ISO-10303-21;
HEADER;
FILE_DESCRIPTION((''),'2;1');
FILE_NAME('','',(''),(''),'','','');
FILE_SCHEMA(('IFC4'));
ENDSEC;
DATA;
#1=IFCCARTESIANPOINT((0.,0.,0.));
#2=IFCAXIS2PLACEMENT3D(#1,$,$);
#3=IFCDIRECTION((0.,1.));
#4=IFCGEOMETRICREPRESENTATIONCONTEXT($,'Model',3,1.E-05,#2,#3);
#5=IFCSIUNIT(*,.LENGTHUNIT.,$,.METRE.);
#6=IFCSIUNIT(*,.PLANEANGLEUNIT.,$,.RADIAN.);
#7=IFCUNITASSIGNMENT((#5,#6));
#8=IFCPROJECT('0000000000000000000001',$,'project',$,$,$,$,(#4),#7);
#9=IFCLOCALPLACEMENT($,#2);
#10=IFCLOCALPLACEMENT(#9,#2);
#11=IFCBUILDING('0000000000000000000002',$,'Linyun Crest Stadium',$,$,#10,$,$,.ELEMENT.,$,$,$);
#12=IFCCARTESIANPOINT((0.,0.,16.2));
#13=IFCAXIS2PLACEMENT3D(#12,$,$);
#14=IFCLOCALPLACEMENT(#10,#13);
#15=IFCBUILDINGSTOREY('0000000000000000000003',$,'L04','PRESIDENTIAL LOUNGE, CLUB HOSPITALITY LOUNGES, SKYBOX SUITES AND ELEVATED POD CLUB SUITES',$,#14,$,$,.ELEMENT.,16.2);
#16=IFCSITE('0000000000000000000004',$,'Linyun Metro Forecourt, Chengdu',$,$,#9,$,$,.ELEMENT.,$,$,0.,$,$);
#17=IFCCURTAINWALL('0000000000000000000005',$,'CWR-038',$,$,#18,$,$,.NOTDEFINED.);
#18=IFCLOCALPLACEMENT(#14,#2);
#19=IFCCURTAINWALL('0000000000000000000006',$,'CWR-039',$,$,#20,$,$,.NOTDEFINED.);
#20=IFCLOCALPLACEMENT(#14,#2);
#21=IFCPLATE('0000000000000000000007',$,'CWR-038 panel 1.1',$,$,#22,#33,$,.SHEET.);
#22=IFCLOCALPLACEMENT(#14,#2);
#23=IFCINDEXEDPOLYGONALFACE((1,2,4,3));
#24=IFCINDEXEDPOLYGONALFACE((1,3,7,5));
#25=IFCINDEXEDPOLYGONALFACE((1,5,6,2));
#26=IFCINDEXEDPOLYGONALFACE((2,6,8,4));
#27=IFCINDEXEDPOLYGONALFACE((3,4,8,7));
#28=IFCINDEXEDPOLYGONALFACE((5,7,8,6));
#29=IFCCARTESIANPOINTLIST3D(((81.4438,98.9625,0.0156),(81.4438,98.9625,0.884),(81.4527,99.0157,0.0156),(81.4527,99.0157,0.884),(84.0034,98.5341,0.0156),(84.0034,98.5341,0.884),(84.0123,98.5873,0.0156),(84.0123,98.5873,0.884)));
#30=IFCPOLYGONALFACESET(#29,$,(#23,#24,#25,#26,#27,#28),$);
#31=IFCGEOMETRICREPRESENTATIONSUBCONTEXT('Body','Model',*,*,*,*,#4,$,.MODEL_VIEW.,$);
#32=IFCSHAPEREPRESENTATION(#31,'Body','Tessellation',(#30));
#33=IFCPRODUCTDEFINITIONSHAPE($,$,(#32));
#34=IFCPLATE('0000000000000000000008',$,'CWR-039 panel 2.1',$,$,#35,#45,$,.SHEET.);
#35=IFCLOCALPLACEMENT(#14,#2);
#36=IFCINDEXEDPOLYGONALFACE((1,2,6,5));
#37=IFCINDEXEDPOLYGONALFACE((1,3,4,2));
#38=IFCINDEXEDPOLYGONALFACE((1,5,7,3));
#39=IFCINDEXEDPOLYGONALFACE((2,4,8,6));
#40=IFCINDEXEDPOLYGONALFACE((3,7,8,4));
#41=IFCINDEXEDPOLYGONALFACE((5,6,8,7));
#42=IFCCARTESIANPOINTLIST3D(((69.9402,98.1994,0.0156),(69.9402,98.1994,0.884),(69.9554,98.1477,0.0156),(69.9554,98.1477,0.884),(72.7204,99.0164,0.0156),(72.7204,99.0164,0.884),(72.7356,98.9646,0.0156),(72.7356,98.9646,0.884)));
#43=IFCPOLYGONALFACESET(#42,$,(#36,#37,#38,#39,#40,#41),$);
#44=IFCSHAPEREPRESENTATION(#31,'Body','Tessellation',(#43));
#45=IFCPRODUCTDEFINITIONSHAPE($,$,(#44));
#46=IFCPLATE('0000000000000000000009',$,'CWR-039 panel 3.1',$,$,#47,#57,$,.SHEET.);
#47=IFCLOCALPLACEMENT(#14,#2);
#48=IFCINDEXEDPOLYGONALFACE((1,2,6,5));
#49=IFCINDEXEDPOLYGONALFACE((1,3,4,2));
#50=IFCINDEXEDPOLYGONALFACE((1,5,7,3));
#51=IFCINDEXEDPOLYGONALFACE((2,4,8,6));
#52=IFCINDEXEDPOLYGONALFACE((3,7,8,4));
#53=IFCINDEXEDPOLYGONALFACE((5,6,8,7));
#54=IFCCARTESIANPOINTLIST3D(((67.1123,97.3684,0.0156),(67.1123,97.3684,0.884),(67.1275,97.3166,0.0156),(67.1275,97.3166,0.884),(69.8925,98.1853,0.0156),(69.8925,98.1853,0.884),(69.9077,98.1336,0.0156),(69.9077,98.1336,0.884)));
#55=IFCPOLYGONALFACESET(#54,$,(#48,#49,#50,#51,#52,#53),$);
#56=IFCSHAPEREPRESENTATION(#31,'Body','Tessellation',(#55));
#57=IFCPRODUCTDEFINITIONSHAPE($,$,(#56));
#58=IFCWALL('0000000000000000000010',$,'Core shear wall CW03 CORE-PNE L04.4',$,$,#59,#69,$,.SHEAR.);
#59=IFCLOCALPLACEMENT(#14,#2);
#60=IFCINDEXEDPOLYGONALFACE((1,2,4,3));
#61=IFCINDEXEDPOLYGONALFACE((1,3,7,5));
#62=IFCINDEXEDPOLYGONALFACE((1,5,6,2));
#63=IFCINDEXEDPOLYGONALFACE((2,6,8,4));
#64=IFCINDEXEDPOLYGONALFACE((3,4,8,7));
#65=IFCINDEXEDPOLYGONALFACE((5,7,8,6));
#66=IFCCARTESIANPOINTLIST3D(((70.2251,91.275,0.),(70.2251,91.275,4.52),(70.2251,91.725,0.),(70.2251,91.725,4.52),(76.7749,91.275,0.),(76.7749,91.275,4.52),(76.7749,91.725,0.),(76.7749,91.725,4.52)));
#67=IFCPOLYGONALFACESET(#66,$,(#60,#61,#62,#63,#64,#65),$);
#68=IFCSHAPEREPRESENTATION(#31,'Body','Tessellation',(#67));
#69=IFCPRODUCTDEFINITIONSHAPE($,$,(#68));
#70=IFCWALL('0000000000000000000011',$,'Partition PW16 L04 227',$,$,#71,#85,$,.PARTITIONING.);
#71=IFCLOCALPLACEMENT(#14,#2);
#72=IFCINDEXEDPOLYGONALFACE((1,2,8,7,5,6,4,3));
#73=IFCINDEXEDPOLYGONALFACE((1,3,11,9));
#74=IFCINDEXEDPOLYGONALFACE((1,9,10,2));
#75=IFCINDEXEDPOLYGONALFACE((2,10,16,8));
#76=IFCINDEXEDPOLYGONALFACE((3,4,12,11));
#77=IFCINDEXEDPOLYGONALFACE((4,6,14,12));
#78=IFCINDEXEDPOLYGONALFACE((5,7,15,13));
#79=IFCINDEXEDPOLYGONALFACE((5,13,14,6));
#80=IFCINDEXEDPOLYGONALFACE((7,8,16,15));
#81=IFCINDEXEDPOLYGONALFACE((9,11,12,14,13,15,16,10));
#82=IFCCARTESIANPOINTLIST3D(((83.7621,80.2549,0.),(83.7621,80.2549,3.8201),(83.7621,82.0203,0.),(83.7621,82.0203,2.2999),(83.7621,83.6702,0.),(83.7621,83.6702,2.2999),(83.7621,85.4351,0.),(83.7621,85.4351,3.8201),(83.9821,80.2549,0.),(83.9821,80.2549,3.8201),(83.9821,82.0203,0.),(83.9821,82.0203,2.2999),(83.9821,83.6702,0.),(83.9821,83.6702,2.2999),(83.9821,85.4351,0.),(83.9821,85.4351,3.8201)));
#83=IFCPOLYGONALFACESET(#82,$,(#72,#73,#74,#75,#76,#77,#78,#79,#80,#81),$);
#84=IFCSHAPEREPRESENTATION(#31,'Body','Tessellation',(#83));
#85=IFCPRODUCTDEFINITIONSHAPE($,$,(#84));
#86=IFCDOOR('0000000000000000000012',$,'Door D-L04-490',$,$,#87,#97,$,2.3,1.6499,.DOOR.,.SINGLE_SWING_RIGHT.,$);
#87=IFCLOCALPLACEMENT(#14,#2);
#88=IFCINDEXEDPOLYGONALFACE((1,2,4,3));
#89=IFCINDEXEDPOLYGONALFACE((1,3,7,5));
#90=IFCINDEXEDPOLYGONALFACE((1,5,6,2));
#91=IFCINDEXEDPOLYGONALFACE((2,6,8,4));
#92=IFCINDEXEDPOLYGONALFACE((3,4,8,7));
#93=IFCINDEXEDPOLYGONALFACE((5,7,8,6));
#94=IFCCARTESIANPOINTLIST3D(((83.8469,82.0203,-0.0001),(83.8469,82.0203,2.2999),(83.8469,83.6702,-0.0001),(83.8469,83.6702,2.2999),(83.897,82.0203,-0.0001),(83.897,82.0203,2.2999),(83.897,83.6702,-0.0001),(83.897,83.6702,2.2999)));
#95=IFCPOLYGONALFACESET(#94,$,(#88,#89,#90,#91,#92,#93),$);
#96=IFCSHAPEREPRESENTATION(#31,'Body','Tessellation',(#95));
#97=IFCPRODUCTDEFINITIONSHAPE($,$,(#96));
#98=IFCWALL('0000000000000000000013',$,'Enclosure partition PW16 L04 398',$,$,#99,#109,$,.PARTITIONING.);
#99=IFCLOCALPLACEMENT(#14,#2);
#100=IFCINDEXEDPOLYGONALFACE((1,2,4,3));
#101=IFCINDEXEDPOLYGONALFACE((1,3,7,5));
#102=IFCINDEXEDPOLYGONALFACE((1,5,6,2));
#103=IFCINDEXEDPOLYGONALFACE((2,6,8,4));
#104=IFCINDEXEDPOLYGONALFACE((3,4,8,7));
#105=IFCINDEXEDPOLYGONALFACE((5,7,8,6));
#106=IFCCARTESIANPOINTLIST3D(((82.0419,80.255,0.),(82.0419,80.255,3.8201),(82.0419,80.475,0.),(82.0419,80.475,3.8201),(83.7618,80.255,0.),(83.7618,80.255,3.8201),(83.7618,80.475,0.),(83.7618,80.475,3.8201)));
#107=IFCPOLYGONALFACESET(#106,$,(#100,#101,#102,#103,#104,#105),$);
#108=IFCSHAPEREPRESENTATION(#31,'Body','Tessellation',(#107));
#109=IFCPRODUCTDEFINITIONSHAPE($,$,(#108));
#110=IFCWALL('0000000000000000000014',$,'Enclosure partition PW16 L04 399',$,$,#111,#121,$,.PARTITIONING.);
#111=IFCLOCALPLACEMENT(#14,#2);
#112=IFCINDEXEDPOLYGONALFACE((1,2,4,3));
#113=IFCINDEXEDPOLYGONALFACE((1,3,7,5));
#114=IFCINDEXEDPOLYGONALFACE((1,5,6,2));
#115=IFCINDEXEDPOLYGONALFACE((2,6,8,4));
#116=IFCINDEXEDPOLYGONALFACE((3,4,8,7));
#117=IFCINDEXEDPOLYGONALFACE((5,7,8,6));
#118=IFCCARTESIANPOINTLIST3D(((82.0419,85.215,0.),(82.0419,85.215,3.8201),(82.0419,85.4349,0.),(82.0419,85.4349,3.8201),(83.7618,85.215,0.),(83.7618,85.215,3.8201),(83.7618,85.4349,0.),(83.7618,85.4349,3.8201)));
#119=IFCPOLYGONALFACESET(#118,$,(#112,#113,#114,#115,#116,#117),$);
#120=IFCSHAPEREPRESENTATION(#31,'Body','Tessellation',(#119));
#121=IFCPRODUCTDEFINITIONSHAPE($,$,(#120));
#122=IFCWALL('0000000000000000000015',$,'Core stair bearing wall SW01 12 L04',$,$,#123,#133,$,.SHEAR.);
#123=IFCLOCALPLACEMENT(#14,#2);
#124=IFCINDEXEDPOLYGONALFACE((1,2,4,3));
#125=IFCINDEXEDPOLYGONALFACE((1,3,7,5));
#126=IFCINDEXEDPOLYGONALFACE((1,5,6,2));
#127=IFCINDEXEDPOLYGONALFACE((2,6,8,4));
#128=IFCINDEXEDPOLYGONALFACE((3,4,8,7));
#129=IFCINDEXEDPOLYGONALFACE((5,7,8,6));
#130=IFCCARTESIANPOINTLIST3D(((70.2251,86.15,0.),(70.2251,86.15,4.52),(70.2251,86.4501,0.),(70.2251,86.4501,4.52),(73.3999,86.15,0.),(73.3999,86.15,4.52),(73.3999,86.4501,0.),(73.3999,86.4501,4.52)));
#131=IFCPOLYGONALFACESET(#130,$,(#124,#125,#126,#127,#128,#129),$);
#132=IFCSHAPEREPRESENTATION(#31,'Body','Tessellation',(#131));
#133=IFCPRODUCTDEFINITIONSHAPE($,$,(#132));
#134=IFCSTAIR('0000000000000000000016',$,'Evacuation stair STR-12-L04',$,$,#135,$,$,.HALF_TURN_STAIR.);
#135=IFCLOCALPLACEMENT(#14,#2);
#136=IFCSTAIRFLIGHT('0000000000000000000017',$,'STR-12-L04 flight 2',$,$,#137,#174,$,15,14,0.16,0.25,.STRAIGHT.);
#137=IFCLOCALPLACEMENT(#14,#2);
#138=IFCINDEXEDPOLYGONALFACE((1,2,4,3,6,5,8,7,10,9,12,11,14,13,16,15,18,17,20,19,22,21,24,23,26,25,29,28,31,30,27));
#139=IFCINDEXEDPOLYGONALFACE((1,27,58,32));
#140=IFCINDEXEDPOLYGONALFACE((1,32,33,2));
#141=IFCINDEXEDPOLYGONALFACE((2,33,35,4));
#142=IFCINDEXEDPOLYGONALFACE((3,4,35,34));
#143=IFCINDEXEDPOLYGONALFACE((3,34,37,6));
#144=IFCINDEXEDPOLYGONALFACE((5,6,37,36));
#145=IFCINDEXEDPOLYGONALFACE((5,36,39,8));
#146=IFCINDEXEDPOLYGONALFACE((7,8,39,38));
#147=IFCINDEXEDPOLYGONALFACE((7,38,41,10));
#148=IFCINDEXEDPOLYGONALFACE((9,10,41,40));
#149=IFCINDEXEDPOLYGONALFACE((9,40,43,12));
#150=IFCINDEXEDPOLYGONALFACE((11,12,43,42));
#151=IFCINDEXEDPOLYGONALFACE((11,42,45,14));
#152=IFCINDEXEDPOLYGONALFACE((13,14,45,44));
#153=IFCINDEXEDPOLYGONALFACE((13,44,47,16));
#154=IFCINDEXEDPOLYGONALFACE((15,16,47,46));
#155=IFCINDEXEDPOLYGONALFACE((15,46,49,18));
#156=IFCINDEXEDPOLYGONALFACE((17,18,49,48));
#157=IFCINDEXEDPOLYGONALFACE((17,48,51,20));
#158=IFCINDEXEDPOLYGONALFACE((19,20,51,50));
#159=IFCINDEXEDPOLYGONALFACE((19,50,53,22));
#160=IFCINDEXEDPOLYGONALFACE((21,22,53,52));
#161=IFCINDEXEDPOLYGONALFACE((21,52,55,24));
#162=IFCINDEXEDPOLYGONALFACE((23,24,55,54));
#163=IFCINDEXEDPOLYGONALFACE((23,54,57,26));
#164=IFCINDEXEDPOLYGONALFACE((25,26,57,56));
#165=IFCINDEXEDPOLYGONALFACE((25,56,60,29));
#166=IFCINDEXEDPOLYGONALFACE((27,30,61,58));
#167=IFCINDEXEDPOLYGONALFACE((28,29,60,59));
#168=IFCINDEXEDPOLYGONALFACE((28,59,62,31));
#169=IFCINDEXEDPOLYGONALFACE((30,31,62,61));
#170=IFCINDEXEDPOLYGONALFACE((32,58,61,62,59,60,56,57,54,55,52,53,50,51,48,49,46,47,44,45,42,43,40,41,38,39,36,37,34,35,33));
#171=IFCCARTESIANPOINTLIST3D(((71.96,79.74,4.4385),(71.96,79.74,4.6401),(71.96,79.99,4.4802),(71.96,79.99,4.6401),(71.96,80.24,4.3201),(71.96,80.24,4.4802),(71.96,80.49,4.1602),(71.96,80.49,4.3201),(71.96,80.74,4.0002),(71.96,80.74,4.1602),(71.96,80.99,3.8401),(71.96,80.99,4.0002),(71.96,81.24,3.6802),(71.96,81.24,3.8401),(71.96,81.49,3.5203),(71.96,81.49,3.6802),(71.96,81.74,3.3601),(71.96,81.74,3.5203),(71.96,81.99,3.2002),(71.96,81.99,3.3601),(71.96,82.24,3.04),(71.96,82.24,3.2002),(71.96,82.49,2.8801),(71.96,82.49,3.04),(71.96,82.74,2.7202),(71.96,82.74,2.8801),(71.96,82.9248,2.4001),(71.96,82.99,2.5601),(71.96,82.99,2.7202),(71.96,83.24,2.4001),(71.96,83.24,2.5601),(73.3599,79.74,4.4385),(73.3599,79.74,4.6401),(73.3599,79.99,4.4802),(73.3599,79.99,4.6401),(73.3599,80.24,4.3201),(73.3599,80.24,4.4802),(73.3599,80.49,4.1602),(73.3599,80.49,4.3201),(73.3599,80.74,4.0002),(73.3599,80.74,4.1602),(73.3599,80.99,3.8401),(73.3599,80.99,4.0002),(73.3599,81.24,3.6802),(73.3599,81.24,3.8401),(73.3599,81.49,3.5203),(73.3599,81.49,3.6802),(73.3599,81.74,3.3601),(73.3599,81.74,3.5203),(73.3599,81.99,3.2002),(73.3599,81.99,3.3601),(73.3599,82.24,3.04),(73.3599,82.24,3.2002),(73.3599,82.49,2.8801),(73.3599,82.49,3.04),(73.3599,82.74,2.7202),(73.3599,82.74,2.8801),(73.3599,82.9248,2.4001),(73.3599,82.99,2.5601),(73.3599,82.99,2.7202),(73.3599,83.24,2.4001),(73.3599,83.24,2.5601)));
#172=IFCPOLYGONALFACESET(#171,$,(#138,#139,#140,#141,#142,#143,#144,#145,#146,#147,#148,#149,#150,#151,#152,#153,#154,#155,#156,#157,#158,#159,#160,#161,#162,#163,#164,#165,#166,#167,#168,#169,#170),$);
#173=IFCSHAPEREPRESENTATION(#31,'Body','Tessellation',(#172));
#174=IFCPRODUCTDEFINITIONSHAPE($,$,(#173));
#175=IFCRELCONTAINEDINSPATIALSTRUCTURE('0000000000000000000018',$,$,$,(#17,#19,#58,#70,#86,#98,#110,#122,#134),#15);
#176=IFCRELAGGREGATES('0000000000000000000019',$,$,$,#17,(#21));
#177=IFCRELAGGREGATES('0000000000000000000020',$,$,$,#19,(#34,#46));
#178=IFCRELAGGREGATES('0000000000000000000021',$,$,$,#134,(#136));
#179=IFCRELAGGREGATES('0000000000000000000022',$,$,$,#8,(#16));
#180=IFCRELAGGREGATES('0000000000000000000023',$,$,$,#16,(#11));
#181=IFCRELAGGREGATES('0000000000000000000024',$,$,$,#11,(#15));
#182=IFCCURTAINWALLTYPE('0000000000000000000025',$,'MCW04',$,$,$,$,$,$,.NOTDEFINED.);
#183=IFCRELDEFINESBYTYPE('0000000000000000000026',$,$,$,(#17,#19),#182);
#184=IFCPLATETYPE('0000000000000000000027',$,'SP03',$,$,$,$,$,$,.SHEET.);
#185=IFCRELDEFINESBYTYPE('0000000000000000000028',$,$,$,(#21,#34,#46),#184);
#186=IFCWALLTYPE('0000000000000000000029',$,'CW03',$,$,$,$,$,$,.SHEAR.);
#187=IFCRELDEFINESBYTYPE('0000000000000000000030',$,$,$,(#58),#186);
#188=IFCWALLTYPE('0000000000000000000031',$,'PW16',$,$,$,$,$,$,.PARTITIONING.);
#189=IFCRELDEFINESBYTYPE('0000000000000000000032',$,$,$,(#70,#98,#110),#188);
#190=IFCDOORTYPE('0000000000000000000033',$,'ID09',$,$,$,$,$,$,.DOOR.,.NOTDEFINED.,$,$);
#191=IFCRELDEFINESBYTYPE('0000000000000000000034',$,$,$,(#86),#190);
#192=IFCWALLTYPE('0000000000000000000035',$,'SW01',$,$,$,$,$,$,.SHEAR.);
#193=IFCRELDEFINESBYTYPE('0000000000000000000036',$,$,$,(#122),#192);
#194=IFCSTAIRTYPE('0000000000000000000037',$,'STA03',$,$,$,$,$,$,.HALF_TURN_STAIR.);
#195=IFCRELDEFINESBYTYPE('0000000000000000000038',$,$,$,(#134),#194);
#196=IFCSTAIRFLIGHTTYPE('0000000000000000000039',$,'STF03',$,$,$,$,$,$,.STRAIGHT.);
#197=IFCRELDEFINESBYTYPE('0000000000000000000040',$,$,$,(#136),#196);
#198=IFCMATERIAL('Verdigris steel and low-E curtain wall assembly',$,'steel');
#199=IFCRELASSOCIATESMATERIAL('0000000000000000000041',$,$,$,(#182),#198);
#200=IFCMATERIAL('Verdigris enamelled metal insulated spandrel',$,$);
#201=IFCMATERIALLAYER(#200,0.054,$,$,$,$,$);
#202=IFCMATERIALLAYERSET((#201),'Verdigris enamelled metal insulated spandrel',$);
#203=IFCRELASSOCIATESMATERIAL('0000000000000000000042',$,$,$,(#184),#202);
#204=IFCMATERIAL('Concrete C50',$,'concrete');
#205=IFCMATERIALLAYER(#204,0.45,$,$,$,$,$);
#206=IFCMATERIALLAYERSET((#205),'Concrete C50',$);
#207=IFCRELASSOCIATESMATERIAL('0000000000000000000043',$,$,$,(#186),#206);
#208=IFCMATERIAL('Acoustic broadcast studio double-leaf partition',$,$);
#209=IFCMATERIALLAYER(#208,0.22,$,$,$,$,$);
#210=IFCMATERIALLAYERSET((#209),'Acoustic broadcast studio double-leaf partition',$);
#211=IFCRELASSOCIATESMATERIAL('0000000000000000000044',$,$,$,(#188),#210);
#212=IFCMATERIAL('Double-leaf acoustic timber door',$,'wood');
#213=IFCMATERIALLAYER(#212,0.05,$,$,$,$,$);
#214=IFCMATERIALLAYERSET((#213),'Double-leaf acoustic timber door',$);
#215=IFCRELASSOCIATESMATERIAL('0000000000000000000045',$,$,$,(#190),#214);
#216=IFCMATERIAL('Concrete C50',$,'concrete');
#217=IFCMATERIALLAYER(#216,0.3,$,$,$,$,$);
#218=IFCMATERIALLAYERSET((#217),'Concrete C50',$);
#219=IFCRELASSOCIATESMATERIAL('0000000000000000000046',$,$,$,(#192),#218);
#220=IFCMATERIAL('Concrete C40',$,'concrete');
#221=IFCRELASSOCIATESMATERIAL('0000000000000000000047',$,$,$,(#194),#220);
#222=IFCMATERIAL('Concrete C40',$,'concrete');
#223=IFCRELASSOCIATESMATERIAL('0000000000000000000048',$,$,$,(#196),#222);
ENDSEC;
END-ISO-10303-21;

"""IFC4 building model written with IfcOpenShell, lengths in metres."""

from ifc_helpers import new_model, si_unit, direction, frame, frame_2d, origin, origin_2d, place, context, subcontext, project, spatial, polyline, rectangle, outline, extrude, material, layer, layer_set, type_object, element, fill, aggregate, save


model = new_model("IFC4")

# Units and contexts
model_context = context("Model", 3, precision=1e-05, world=origin(), true_north=direction((0.0, 1.0)))
body_context = subcontext(model_context, "Body", "Model", "MODEL_VIEW")
ifc_project = project(units=[si_unit("LENGTHUNIT", "METRE"), si_unit("PLANEANGLEUNIT", "RADIAN")], contexts=[model_context])

# Site, building, storey
site_placement = place(None, origin())
site = spatial("IfcSite", under=ifc_project, at=site_placement, Name="Linyun Metro Forecourt, Chengdu", CompositionType="ELEMENT", RefElevation=0.0)
building_placement = place(site_placement, origin())
building = spatial("IfcBuilding", under=site, at=building_placement, Name="Linyun Crest Stadium", CompositionType="ELEMENT")
storey_placement = place(building_placement, frame((0.0, 0.0, 16.2)))
storey = spatial("IfcBuildingStorey", under=building, at=storey_placement, Name="L04", Description="PRESIDENTIAL LOUNGE, CLUB HOSPITALITY LOUNGES, SKYBOX SUITES AND ELEVATED POD CLUB SUITES", CompositionType="ELEMENT", Elevation=16.2)

# Curtain wall
ifc_material_1 = material(Name="Verdigris steel and low-E curtain wall assembly", Category="steel")
curtain_wall_type = type_object("IfcCurtainWallType", Name="MCW04", PredefinedType="NOTDEFINED", material=ifc_material_1)
curtain_wall_1_placement = place(storey_placement, origin())
curtain_wall_1 = element("IfcCurtainWall", 1, at=curtain_wall_1_placement, inside=storey, type_object=curtain_wall_type, Name="CWR-038", PredefinedType="NOTDEFINED")

# Curtain wall
curtain_wall_2_placement = place(storey_placement, origin())
curtain_wall_2 = element("IfcCurtainWall", 2, at=curtain_wall_2_placement, inside=storey, type_object=curtain_wall_type, Name="CWR-039", PredefinedType="NOTDEFINED")

# Plates
ifc_material_2 = material(Name="Verdigris enamelled metal insulated spandrel")
ifc_layer_1 = layer(ifc_material_2, 0.054)
ifc_layer_set_1 = layer_set([ifc_layer_1], Name="Verdigris enamelled metal insulated spandrel")
plate_type_1 = type_object("IfcPlateType", Name="SP03", PredefinedType="SHEET", material=ifc_layer_set_1)
plate_1_placement = place(storey_placement, frame((82.728, 98.7749, 0.0156), z_axis=(0.0, 0.0, 1.0), x_axis=(-0.986283, 0.165065, 0.0)))
plate_1 = element("IfcPlate", 3, at=plate_1_placement, type_object=plate_type_1, Name="CWR-038 panel 1.1", PredefinedType="SHEET", context=body_context, shape_type="SweptSolid", body=[
    extrude(rectangle(XDim=2.5952, YDim=0.054, at=origin_2d()), origin(), (0.0, 0.0, 1.0), 0.8684),
])
aggregate(curtain_wall_1, [plate_1])
plate_2_placement = place(storey_placement, frame((71.3379, 98.582, 0.0156), z_axis=(0.0, 0.0, 1.0), x_axis=(-0.959437, -0.281923, 0.0)))
plate_2 = element("IfcPlate", 4, at=plate_2_placement, type_object=plate_type_1, Name="CWR-039 panel 2.1", PredefinedType="SHEET", context=body_context, shape_type="SweptSolid", body=[
    extrude(rectangle(XDim=2.8977, YDim=0.054, at=origin_2d()), origin(), (0.0, 0.0, 1.0), 0.8684),
])
plate_3_placement = place(storey_placement, frame((68.51, 97.751, 0.0156), z_axis=(0.0, 0.0, 1.0), x_axis=(-0.959437, -0.281923, 0.0)))
plate_3 = element("IfcPlate", 5, at=plate_3_placement, type_object=plate_type_1, Name="CWR-039 panel 3.1", PredefinedType="SHEET", context=body_context, shape_type="SweptSolid", body=[
    extrude(rectangle(XDim=2.8977, YDim=0.054, at=origin_2d()), origin(), (0.0, 0.0, 1.0), 0.8684),
])
aggregate(curtain_wall_2, [plate_2, plate_3])

# Wall
ifc_material_3 = material(Name="Concrete C50", Category="concrete")
ifc_layer_2 = layer(ifc_material_3, 0.45)
ifc_layer_set_2 = layer_set([ifc_layer_2], Name="Concrete C50")
wall_type_1 = type_object("IfcWallType", Name="CW03", PredefinedType="SHEAR", material=ifc_layer_set_2)
wall_1_placement = place(storey_placement, frame((70.2251, 91.5, 0.0), z_axis=(0.0, 0.0, 1.0), x_axis=(1.0, 0.0, 0.0)))
element("IfcWall", 6, at=wall_1_placement, inside=storey, type_object=wall_type_1, Name="Core shear wall CW03 CORE-PNE L04.4", PredefinedType="SHEAR", context=body_context, shape_type="SweptSolid", body=[
    extrude(rectangle(XDim=6.5498, YDim=0.45, at=frame_2d((3.2749, 0.0))), origin(), (0.0, 0.0, 1.0), 4.52),
])

# Wall, opening, door
ifc_material_4 = material(Name="Acoustic broadcast studio double-leaf partition")
ifc_layer_3 = layer(ifc_material_4, 0.22)
ifc_layer_set_3 = layer_set([ifc_layer_3], Name="Acoustic broadcast studio double-leaf partition")
wall_type_2 = type_object("IfcWallType", Name="PW16", PredefinedType="PARTITIONING", material=ifc_layer_set_3)
wall_2_placement = place(storey_placement, frame((83.8721, 85.4351, 0.0), z_axis=(0.0, 0.0, 1.0), x_axis=(0.0, -1.0, 0.0)))
wall_2 = element("IfcWall", 7, at=wall_2_placement, inside=storey, type_object=wall_type_2, Name="Partition PW16 L04 227", PredefinedType="PARTITIONING", context=body_context, shape_type="SweptSolid", body=[
    extrude(rectangle(XDim=5.1802, YDim=0.22, at=frame_2d((2.5901, 0.0))), origin(), (0.0, 0.0, 1.0), 3.8201),
])
opening_placement = place(wall_2_placement, frame((1.7649, 0.0, 0.0)))
opening = element("IfcOpeningElement", 8, at=opening_placement, cuts=wall_2, PredefinedType="OPENING", context=body_context, shape_type="SweptSolid", body=[
    extrude(rectangle(XDim=1.6499, YDim=2.3, at=frame_2d((0.825, 1.1499))), frame((0.0, 0.1199, 0.0), z_axis=(0.0, -1.0, 0.0), x_axis=(1.0, 0.0, 0.0)), (0.0, 0.0, 1.0), 0.24),
])
ifc_material_5 = material(Name="Double-leaf acoustic timber door", Category="wood")
ifc_layer_4 = layer(ifc_material_5, 0.05)
ifc_layer_set_4 = layer_set([ifc_layer_4], Name="Double-leaf acoustic timber door")
door_type = type_object("IfcDoorType", Name="ID09", OperationType="NOTDEFINED", PredefinedType="DOOR", material=ifc_layer_set_4)
door_placement = place(opening_placement, origin())
door = element("IfcDoor", 9, at=door_placement, inside=storey, type_object=door_type, Name="Door D-L04-490", OperationType="SINGLE_SWING_RIGHT", OverallHeight=2.3, OverallWidth=1.6499, PredefinedType="DOOR", context=body_context, shape_type="SweptSolid", body=[
    extrude(rectangle(XDim=1.6499, YDim=2.3, at=frame_2d((0.825, 1.1499))), frame((0.0, 0.0249, 0.0), z_axis=(0.0, -1.0, 0.0), x_axis=(1.0, 0.0, 0.0)), (0.0, 0.0, 1.0), 0.05),
])
fill(opening, door)

# Walls
for number, where, z_axis, x_axis, name in (
    (10, (82.042, 80.365, 0.0), (0.0, 0.0, 1.0), (1.0, 0.0, 0.0), "Enclosure partition PW16 L04 398"),
    (11, (82.042, 85.325, 0.0), (0.0, 0.0, 1.0), (1.0, 0.0, 0.0), "Enclosure partition PW16 L04 399"),
):
    element("IfcWall", number, at=place(storey_placement, frame(where, z_axis=z_axis, x_axis=x_axis)), inside=storey, type_object=wall_type_2, Name=name, PredefinedType="PARTITIONING", context=body_context, shape_type="SweptSolid", body=[
        extrude(rectangle(XDim=1.72, YDim=0.22, at=frame_2d((0.8599, 0.0))), origin(), (0.0, 0.0, 1.0), 3.8201),
    ])
ifc_material_6 = material(Name="Concrete C50", Category="concrete")
ifc_layer_5 = layer(ifc_material_6, 0.3)
ifc_layer_set_5 = layer_set([ifc_layer_5], Name="Concrete C50")
wall_type_3 = type_object("IfcWallType", Name="SW01", PredefinedType="SHEAR", material=ifc_layer_set_5)
wall_3_placement = place(storey_placement, frame((70.2251, 86.3, 0.0), z_axis=(0.0, 0.0, 1.0), x_axis=(1.0, 0.0, 0.0)))
element("IfcWall", 12, at=wall_3_placement, inside=storey, type_object=wall_type_3, Name="Core stair bearing wall SW01 12 L04", PredefinedType="SHEAR", context=body_context, shape_type="SweptSolid", body=[
    extrude(rectangle(XDim=3.1748, YDim=0.3, at=frame_2d((1.5874, 0.0))), origin(), (0.0, 0.0, 1.0), 4.52),
])

# Stair, stair flight
ifc_material_7 = material(Name="Concrete C40", Category="concrete")
stair_type = type_object("IfcStairType", Name="STA03", PredefinedType="HALF_TURN_STAIR", material=ifc_material_7)
stair_placement = place(storey_placement, origin())
stair = element("IfcStair", 13, at=stair_placement, inside=storey, type_object=stair_type, Name="Evacuation stair STR-12-L04", PredefinedType="HALF_TURN_STAIR")
ifc_material_8 = material(Name="Concrete C40", Category="concrete")
stair_flight_type = type_object("IfcStairFlightType", Name="STF03", PredefinedType="STRAIGHT", material=ifc_material_8)
stair_flight_placement = place(storey_placement, frame((72.6599, 83.24, 2.4001), z_axis=(0.0, 0.0, 1.0), x_axis=(0.0, -1.0, 0.0)))
stair_flight = element("IfcStairFlight", 14, at=stair_flight_placement, type_object=stair_flight_type, Name="STR-12-L04 flight 2", NumberOfRisers=15, NumberOfTreads=14, PredefinedType="STRAIGHT", RiserHeight=0.16, TreadLength=0.25, context=body_context, shape_type="SweptSolid", body=[
    extrude(outline(polyline([(0.0, 0.0), (0.0, 0.1599), (0.25, 0.1599), (0.25, 0.3201), (0.5, 0.3201), (0.5, 0.48), (0.75, 0.48), (0.75, 0.6399), (1.0, 0.6399), (1.0, 0.8), (1.25, 0.8), (1.25, 0.96), (1.5, 0.96), (1.5, 1.1201), (1.75, 1.1201), (1.75, 1.28), (2.0, 1.28), (2.0, 1.4399), (2.25, 1.4399), (2.25, 1.6001), (2.5, 1.6001), (2.5, 1.76), (2.75, 1.76), (2.75, 1.9199), (3.0, 1.9199), (3.0, 2.0801), (3.25, 2.0801), (3.25, 2.24), (3.5, 2.24), (3.5, 2.3999), (3.5, 2.0383), (0.3152, 0.0), (0.0, 0.0)])), frame((0.0, 0.7, 0.0), z_axis=(0.0, -1.0, 0.0), x_axis=(1.0, 0.0, 0.0)), (0.0, 0.0, 1.0), 1.3999),
])
aggregate(stair, [stair_flight])

save(model, "model.ifc")
